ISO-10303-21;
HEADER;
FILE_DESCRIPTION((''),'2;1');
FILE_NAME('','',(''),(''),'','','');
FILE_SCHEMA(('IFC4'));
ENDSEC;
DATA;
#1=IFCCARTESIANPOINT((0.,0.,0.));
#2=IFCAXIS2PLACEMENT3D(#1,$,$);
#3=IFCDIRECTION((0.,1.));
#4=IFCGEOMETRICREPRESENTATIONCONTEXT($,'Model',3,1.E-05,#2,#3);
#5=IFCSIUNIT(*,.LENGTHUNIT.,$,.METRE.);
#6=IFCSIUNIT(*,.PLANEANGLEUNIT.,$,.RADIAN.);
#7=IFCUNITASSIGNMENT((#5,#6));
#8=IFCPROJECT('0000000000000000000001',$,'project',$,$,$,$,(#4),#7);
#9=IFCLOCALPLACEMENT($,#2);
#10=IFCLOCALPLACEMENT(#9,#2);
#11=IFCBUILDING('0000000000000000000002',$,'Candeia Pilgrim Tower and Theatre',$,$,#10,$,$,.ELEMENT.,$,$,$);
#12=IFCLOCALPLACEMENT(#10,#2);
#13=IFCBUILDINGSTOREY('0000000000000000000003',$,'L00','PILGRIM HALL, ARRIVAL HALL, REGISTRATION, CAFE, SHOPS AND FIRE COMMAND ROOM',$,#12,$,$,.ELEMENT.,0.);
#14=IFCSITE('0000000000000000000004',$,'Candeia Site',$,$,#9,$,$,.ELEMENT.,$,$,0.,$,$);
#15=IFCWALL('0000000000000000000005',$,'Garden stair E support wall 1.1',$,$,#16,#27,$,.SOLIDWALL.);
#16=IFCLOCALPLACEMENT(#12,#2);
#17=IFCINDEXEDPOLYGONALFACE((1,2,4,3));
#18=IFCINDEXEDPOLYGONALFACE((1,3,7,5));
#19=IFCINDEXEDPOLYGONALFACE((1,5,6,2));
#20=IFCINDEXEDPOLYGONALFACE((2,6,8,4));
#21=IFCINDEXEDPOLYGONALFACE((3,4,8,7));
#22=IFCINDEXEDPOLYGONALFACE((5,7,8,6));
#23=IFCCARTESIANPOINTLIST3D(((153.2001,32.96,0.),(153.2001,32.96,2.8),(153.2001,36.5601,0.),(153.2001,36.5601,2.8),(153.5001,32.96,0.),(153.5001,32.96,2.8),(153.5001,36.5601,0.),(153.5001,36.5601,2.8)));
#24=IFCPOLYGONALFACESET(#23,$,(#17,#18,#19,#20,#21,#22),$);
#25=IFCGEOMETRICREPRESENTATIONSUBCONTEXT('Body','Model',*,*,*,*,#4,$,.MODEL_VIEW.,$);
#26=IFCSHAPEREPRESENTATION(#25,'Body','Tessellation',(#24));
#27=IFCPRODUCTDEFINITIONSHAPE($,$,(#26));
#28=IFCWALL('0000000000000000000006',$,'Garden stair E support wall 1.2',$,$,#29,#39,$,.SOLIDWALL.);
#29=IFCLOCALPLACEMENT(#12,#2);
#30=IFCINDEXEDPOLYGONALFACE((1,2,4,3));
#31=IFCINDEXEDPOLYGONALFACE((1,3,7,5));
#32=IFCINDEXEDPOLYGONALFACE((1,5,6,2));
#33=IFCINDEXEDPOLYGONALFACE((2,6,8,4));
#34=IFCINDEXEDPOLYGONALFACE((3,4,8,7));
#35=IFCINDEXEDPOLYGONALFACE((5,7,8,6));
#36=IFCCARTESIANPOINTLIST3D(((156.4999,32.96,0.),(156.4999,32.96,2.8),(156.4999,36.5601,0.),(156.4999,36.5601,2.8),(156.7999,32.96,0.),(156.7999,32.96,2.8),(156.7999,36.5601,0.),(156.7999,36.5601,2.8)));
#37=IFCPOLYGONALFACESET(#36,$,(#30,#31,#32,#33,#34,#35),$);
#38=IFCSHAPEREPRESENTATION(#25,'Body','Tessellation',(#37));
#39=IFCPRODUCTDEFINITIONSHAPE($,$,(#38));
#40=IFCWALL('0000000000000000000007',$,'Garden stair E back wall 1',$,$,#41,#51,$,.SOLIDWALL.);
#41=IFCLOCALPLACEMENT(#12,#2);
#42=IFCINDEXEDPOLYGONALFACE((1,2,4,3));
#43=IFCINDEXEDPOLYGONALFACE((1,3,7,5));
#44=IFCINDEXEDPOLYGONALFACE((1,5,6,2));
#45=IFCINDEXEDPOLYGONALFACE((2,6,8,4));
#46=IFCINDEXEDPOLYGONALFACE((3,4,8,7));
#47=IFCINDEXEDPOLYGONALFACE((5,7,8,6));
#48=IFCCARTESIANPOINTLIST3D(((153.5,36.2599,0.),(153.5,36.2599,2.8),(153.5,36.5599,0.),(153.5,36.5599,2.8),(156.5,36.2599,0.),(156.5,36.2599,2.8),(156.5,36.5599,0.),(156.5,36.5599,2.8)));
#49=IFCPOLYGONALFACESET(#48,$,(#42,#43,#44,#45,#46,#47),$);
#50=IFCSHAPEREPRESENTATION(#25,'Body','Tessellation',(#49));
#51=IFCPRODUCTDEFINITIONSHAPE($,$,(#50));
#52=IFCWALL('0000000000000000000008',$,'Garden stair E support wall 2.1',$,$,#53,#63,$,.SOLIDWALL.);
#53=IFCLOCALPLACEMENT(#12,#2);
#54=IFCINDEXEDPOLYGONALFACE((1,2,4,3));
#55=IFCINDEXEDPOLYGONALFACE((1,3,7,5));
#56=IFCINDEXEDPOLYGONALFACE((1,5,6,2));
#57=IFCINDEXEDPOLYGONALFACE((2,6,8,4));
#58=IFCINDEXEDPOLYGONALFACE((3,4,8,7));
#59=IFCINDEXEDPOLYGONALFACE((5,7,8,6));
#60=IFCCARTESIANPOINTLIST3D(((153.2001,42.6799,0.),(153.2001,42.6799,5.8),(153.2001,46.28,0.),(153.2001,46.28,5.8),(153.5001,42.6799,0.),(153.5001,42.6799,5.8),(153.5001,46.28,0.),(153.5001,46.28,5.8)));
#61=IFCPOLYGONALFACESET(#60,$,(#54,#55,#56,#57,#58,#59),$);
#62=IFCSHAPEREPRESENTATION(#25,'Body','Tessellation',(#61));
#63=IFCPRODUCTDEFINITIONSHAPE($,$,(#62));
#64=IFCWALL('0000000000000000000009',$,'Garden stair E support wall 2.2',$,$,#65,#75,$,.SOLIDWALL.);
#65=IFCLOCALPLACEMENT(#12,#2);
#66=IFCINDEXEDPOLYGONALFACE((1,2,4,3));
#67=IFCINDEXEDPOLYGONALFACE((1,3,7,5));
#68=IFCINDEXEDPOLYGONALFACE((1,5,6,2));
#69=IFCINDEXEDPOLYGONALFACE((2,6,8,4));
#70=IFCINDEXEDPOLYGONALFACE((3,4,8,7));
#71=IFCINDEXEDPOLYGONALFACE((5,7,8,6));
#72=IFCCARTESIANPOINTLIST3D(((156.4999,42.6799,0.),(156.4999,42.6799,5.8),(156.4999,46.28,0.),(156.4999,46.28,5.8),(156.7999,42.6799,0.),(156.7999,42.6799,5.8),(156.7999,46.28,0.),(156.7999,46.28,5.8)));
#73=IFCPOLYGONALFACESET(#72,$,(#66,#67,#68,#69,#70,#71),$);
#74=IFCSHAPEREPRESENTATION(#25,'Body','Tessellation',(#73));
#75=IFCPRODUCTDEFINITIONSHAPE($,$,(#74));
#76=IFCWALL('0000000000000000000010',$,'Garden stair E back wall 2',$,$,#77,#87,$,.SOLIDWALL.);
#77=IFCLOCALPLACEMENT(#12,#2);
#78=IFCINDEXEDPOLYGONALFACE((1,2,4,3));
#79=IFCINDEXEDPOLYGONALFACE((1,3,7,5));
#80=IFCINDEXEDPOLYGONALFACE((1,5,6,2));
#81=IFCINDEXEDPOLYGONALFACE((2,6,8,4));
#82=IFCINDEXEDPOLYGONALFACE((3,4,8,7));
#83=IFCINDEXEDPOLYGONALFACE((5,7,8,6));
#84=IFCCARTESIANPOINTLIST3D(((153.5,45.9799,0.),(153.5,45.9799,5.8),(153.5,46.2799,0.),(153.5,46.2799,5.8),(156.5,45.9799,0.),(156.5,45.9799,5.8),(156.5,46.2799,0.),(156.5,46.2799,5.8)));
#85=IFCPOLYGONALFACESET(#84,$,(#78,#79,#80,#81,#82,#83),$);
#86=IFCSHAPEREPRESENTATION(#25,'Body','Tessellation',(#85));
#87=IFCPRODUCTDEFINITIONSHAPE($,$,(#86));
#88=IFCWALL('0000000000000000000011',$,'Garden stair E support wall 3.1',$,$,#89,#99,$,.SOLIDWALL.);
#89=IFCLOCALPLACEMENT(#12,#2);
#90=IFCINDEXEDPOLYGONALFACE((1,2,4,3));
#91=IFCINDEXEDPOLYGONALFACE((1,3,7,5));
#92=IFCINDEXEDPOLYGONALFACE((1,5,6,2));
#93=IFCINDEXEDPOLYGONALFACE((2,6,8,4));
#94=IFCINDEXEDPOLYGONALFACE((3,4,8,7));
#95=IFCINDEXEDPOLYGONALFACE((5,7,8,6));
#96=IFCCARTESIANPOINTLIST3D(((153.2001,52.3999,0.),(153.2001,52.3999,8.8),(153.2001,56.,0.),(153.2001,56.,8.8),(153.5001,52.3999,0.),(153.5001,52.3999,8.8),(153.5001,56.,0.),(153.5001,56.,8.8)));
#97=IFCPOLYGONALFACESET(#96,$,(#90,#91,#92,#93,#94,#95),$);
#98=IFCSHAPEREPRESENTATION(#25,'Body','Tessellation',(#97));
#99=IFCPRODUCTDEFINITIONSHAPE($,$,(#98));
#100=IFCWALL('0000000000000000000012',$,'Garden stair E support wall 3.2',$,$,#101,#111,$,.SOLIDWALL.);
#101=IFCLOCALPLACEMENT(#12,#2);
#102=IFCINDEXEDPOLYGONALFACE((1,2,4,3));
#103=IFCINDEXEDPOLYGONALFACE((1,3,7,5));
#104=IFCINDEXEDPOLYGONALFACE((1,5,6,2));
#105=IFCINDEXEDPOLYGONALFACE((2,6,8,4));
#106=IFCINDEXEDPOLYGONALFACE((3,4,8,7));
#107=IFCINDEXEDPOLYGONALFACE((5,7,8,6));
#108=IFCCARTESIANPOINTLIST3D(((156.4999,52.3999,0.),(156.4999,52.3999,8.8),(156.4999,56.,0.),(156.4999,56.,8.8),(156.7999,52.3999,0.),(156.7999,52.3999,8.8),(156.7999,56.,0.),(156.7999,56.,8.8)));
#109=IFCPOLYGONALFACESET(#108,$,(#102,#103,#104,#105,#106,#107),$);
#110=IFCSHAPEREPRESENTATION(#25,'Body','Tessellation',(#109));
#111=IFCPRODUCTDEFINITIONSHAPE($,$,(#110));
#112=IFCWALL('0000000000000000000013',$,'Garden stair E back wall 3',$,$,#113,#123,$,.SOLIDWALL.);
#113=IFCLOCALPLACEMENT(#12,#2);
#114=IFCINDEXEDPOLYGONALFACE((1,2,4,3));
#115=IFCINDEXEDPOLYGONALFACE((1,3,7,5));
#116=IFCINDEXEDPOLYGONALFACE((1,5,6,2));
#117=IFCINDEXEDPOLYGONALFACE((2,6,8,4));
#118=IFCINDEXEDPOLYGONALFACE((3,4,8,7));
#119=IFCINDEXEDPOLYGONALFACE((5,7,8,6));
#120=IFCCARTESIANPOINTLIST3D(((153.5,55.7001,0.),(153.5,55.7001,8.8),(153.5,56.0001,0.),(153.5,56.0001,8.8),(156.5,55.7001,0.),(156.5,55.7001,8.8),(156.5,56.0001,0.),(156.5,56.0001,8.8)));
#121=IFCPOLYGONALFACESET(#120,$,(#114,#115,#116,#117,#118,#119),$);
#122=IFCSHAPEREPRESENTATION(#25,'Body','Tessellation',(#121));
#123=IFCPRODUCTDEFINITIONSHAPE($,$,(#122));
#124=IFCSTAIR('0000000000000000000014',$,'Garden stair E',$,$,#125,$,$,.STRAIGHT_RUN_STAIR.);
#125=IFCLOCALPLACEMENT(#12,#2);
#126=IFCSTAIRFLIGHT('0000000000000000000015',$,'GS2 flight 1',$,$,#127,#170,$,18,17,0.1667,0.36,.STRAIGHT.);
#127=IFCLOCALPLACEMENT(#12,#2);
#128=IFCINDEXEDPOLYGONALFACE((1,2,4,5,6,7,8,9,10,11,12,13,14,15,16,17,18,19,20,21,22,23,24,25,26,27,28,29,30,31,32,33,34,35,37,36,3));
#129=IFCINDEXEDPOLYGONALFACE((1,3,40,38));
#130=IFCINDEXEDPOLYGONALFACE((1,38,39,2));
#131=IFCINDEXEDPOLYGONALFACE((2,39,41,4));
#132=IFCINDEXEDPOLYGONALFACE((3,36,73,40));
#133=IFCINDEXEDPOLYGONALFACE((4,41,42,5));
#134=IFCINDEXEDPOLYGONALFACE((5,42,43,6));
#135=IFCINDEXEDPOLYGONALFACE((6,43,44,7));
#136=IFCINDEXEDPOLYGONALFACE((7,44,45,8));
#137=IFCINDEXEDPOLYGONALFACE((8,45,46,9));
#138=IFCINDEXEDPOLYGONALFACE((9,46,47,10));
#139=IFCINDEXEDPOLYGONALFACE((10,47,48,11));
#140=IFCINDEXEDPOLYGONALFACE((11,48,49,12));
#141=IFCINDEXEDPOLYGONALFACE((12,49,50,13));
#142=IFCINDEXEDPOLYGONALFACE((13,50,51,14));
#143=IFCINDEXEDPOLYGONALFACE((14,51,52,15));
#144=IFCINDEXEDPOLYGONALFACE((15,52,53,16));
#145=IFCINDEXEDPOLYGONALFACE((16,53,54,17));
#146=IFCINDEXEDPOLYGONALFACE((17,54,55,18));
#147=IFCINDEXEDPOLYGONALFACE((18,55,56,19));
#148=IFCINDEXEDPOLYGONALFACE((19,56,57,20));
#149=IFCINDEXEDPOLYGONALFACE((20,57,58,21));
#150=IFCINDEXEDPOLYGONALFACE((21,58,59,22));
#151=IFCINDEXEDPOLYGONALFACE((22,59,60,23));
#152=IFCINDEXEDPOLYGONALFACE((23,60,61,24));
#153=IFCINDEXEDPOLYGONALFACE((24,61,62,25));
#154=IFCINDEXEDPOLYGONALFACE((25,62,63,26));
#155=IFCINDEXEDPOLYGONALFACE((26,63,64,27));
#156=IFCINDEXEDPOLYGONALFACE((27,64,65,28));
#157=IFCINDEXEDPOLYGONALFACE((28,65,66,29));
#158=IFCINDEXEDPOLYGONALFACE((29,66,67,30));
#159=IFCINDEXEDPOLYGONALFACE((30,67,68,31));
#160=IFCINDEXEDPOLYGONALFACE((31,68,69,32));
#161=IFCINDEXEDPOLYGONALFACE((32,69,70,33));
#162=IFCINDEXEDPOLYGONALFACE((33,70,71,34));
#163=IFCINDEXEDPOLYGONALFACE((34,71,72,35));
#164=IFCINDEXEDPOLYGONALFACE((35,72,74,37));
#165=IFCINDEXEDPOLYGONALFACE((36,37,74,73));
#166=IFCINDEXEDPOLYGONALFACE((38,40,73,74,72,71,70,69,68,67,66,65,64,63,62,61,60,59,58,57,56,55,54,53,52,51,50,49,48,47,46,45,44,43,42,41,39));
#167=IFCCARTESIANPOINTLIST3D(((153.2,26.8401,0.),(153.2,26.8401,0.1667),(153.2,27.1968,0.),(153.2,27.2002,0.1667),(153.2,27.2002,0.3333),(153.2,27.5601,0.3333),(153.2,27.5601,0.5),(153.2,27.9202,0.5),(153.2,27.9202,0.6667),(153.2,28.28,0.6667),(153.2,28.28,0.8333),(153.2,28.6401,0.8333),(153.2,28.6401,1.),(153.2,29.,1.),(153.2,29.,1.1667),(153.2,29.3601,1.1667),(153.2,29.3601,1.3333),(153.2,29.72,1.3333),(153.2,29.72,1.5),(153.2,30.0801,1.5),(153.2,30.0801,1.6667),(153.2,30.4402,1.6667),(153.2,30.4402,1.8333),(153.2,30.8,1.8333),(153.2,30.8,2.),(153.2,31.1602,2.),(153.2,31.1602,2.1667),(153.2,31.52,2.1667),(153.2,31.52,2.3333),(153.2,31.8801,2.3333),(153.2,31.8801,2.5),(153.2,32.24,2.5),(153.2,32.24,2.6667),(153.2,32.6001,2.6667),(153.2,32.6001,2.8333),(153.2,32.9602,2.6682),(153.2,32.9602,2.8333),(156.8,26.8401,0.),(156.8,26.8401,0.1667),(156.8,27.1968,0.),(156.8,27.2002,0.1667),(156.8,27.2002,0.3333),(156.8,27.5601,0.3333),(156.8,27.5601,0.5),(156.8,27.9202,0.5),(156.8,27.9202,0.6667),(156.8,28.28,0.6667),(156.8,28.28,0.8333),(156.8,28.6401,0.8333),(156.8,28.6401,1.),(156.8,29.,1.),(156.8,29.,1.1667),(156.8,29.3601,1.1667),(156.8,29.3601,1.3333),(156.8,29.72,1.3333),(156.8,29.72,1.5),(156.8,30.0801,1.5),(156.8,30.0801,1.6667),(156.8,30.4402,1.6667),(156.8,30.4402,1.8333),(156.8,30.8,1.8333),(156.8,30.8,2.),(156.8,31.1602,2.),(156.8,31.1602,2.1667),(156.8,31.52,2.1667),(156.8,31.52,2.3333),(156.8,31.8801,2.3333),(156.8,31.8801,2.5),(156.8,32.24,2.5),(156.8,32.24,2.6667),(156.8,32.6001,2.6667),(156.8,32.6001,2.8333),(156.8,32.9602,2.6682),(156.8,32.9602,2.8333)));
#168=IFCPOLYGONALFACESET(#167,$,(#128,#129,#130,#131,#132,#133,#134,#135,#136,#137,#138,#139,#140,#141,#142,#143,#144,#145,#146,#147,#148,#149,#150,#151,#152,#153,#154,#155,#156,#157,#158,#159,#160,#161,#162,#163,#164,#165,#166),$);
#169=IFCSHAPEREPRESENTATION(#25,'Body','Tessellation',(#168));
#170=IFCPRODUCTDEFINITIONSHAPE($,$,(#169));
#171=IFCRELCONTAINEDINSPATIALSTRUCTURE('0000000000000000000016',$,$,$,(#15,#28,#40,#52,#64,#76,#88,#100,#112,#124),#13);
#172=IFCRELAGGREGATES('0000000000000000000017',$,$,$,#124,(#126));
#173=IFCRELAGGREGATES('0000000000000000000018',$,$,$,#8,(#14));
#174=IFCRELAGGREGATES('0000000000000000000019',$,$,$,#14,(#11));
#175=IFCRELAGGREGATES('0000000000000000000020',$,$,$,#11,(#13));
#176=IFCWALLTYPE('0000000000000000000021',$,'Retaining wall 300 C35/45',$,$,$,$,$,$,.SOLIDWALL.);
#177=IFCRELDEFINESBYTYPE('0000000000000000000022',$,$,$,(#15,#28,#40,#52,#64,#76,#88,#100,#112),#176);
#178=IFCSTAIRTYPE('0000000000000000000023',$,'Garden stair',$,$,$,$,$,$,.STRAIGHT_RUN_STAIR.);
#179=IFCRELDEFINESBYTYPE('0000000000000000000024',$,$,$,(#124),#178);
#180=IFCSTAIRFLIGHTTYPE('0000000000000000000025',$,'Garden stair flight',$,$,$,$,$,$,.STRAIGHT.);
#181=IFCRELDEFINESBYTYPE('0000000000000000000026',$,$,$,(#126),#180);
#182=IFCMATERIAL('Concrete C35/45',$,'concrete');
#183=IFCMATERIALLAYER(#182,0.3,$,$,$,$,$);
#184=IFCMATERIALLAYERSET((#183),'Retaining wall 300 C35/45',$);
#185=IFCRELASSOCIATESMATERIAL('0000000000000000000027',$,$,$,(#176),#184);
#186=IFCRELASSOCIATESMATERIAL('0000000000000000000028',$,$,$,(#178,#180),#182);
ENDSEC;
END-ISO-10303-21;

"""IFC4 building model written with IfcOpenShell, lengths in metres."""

from ifc_helpers import new_model, si_unit, direction, frame, frame_2d, origin, place, context, subcontext, project, spatial, polyline, rectangle, outline, extrude, material, layer, layer_set, type_object, element, aggregate, save


model = new_model("IFC4")

# Units and contexts
model_context = context("Model", 3, precision=1e-05, world=origin(), true_north=direction((0.0, 1.0)))
body_context = subcontext(model_context, "Body", "Model", "MODEL_VIEW")
ifc_project = project(units=[si_unit("LENGTHUNIT", "METRE"), si_unit("PLANEANGLEUNIT", "RADIAN")], contexts=[model_context])

# Site, building, storey
site_placement = place(None, origin())
site = spatial("IfcSite", under=ifc_project, at=site_placement, Name="Candeia Site", CompositionType="ELEMENT", RefElevation=0.0)
building_placement = place(site_placement, origin())
building = spatial("IfcBuilding", under=site, at=building_placement, Name="Candeia Pilgrim Tower and Theatre", CompositionType="ELEMENT")
storey_placement = place(building_placement, origin())
storey = spatial("IfcBuildingStorey", under=building, at=storey_placement, Name="L00", Description="PILGRIM HALL, ARRIVAL HALL, REGISTRATION, CAFE, SHOPS AND FIRE COMMAND ROOM", CompositionType="ELEMENT", Elevation=0.0)

# Walls
ifc_material_1 = material(Name="Concrete C35/45", Category="concrete")
ifc_layer = layer(ifc_material_1, 0.3)
ifc_layer_set = layer_set([ifc_layer], Name="Retaining wall 300 C35/45")
wall_type = type_object("IfcWallType", Name="Retaining wall 300 C35/45", PredefinedType="SOLIDWALL", material=ifc_layer_set)
for number, where, z_axis, x_axis, name in (
    (1, (153.3501, 32.96, 0.0), (0.0, 0.0, 1.0), (0.0, 1.0, 0.0), "Garden stair E support wall 1.1"),
    (2, (156.6499, 32.96, 0.0), (0.0, 0.0, 1.0), (0.0, 1.0, 0.0), "Garden stair E support wall 1.2"),
):
    element("IfcWall", number, at=place(storey_placement, frame(where, z_axis=z_axis, x_axis=x_axis)), inside=storey, type_object=wall_type, Name=name, PredefinedType="SOLIDWALL", context=body_context, shape_type="SweptSolid", body=[
        extrude(rectangle(XDim=3.6001, YDim=0.3, at=frame_2d((1.8, 0.0))), origin(), (0.0, 0.0, 1.0), 2.8),
    ])
wall_1_placement = place(storey_placement, frame((153.5, 36.4099, 0.0), z_axis=(0.0, 0.0, 1.0), x_axis=(1.0, 0.0, 0.0)))
element("IfcWall", 3, at=wall_1_placement, inside=storey, type_object=wall_type, Name="Garden stair E back wall 1", PredefinedType="SOLIDWALL", context=body_context, shape_type="SweptSolid", body=[
    extrude(rectangle(XDim=3.0, YDim=0.3, at=frame_2d((1.5, 0.0))), origin(), (0.0, 0.0, 1.0), 2.8),
])
for number, where, z_axis, x_axis, name in (
    (4, (153.3501, 42.6799, 0.0), (0.0, 0.0, 1.0), (0.0, 1.0, 0.0), "Garden stair E support wall 2.1"),
    (5, (156.6499, 42.6799, 0.0), (0.0, 0.0, 1.0), (0.0, 1.0, 0.0), "Garden stair E support wall 2.2"),
):
    element("IfcWall", number, at=place(storey_placement, frame(where, z_axis=z_axis, x_axis=x_axis)), inside=storey, type_object=wall_type, Name=name, PredefinedType="SOLIDWALL", context=body_context, shape_type="SweptSolid", body=[
        extrude(rectangle(XDim=3.6001, YDim=0.3, at=frame_2d((1.8, 0.0))), origin(), (0.0, 0.0, 1.0), 5.8),
    ])
wall_2_placement = place(storey_placement, frame((153.5, 46.1299, 0.0), z_axis=(0.0, 0.0, 1.0), x_axis=(1.0, 0.0, 0.0)))
element("IfcWall", 6, at=wall_2_placement, inside=storey, type_object=wall_type, Name="Garden stair E back wall 2", PredefinedType="SOLIDWALL", context=body_context, shape_type="SweptSolid", body=[
    extrude(rectangle(XDim=3.0, YDim=0.3, at=frame_2d((1.5, 0.0))), origin(), (0.0, 0.0, 1.0), 5.8),
])
for number, where, z_axis, x_axis, name in (
    (7, (153.3501, 52.3999, 0.0), (0.0, 0.0, 1.0), (0.0, 1.0, 0.0), "Garden stair E support wall 3.1"),
    (8, (156.6499, 52.3999, 0.0), (0.0, 0.0, 1.0), (0.0, 1.0, 0.0), "Garden stair E support wall 3.2"),
):
    element("IfcWall", number, at=place(storey_placement, frame(where, z_axis=z_axis, x_axis=x_axis)), inside=storey, type_object=wall_type, Name=name, PredefinedType="SOLIDWALL", context=body_context, shape_type="SweptSolid", body=[
        extrude(rectangle(XDim=3.6001, YDim=0.3, at=frame_2d((1.8, 0.0))), origin(), (0.0, 0.0, 1.0), 8.8),
    ])
wall_3_placement = place(storey_placement, frame((153.5, 55.8501, 0.0), z_axis=(0.0, 0.0, 1.0), x_axis=(1.0, 0.0, 0.0)))
element("IfcWall", 9, at=wall_3_placement, inside=storey, type_object=wall_type, Name="Garden stair E back wall 3", PredefinedType="SOLIDWALL", context=body_context, shape_type="SweptSolid", body=[
    extrude(rectangle(XDim=3.0, YDim=0.3, at=frame_2d((1.5, 0.0))), origin(), (0.0, 0.0, 1.0), 8.8),
])

# Stair, stair flight
stair_type = type_object("IfcStairType", Name="Garden stair", PredefinedType="STRAIGHT_RUN_STAIR", material=ifc_material_1)
stair_placement = place(storey_placement, origin())
stair = element("IfcStair", 10, at=stair_placement, inside=storey, type_object=stair_type, Name="Garden stair E", PredefinedType="STRAIGHT_RUN_STAIR")
stair_flight_type = type_object("IfcStairFlightType", Name="Garden stair flight", PredefinedType="STRAIGHT", material=ifc_material_1)
stair_flight_1_placement = place(storey_placement, frame((155.0, 26.8401, 0.0), z_axis=(0.0, 0.0, 1.0), x_axis=(0.0, 1.0, 0.0)))
stair_flight_1 = element("IfcStairFlight", 11, at=stair_flight_1_placement, type_object=stair_flight_type, Name="GS2 flight 1", NumberOfRisers=18, NumberOfTreads=17, PredefinedType="STRAIGHT", RiserHeight=0.1667, TreadLength=0.36, context=body_context, shape_type="SweptSolid", body=[
    extrude(outline(polyline([(0.0, 0.0), (0.0, 0.1667), (0.3601, 0.1667), (0.3601, 0.3333), (0.72, 0.3333), (0.72, 0.5), (1.0801, 0.5), (1.0801, 0.6667), (1.4399, 0.6667), (1.4399, 0.8333), (1.8, 0.8333), (1.8, 1.0), (2.1599, 1.0), (2.1599, 1.1667), (2.52, 1.1667), (2.52, 1.3333), (2.8799, 1.3333), (2.8799, 1.5), (3.24, 1.5), (3.24, 1.6667), (3.6001, 1.6667), (3.6001, 1.8333), (3.96, 1.8333), (3.96, 2.0), (4.3201, 2.0), (4.3201, 2.1667), (4.6799, 2.1667), (4.6799, 2.3333), (5.04, 2.3333), (5.04, 2.5), (5.3999, 2.5), (5.3999, 2.6667), (5.76, 2.6667), (5.76, 2.8333), (6.1201, 2.8333), (6.1201, 3.0), (6.1201, 2.6682), (0.3567, 0.0), (0.0, 0.0)])), frame((0.0, 1.8, 0.0), z_axis=(0.0, -1.0, 0.0), x_axis=(1.0, 0.0, 0.0)), (0.0, 0.0, 1.0), 3.6001),
])
aggregate(stair, [stair_flight_1])

save(model, "model.ifc")
